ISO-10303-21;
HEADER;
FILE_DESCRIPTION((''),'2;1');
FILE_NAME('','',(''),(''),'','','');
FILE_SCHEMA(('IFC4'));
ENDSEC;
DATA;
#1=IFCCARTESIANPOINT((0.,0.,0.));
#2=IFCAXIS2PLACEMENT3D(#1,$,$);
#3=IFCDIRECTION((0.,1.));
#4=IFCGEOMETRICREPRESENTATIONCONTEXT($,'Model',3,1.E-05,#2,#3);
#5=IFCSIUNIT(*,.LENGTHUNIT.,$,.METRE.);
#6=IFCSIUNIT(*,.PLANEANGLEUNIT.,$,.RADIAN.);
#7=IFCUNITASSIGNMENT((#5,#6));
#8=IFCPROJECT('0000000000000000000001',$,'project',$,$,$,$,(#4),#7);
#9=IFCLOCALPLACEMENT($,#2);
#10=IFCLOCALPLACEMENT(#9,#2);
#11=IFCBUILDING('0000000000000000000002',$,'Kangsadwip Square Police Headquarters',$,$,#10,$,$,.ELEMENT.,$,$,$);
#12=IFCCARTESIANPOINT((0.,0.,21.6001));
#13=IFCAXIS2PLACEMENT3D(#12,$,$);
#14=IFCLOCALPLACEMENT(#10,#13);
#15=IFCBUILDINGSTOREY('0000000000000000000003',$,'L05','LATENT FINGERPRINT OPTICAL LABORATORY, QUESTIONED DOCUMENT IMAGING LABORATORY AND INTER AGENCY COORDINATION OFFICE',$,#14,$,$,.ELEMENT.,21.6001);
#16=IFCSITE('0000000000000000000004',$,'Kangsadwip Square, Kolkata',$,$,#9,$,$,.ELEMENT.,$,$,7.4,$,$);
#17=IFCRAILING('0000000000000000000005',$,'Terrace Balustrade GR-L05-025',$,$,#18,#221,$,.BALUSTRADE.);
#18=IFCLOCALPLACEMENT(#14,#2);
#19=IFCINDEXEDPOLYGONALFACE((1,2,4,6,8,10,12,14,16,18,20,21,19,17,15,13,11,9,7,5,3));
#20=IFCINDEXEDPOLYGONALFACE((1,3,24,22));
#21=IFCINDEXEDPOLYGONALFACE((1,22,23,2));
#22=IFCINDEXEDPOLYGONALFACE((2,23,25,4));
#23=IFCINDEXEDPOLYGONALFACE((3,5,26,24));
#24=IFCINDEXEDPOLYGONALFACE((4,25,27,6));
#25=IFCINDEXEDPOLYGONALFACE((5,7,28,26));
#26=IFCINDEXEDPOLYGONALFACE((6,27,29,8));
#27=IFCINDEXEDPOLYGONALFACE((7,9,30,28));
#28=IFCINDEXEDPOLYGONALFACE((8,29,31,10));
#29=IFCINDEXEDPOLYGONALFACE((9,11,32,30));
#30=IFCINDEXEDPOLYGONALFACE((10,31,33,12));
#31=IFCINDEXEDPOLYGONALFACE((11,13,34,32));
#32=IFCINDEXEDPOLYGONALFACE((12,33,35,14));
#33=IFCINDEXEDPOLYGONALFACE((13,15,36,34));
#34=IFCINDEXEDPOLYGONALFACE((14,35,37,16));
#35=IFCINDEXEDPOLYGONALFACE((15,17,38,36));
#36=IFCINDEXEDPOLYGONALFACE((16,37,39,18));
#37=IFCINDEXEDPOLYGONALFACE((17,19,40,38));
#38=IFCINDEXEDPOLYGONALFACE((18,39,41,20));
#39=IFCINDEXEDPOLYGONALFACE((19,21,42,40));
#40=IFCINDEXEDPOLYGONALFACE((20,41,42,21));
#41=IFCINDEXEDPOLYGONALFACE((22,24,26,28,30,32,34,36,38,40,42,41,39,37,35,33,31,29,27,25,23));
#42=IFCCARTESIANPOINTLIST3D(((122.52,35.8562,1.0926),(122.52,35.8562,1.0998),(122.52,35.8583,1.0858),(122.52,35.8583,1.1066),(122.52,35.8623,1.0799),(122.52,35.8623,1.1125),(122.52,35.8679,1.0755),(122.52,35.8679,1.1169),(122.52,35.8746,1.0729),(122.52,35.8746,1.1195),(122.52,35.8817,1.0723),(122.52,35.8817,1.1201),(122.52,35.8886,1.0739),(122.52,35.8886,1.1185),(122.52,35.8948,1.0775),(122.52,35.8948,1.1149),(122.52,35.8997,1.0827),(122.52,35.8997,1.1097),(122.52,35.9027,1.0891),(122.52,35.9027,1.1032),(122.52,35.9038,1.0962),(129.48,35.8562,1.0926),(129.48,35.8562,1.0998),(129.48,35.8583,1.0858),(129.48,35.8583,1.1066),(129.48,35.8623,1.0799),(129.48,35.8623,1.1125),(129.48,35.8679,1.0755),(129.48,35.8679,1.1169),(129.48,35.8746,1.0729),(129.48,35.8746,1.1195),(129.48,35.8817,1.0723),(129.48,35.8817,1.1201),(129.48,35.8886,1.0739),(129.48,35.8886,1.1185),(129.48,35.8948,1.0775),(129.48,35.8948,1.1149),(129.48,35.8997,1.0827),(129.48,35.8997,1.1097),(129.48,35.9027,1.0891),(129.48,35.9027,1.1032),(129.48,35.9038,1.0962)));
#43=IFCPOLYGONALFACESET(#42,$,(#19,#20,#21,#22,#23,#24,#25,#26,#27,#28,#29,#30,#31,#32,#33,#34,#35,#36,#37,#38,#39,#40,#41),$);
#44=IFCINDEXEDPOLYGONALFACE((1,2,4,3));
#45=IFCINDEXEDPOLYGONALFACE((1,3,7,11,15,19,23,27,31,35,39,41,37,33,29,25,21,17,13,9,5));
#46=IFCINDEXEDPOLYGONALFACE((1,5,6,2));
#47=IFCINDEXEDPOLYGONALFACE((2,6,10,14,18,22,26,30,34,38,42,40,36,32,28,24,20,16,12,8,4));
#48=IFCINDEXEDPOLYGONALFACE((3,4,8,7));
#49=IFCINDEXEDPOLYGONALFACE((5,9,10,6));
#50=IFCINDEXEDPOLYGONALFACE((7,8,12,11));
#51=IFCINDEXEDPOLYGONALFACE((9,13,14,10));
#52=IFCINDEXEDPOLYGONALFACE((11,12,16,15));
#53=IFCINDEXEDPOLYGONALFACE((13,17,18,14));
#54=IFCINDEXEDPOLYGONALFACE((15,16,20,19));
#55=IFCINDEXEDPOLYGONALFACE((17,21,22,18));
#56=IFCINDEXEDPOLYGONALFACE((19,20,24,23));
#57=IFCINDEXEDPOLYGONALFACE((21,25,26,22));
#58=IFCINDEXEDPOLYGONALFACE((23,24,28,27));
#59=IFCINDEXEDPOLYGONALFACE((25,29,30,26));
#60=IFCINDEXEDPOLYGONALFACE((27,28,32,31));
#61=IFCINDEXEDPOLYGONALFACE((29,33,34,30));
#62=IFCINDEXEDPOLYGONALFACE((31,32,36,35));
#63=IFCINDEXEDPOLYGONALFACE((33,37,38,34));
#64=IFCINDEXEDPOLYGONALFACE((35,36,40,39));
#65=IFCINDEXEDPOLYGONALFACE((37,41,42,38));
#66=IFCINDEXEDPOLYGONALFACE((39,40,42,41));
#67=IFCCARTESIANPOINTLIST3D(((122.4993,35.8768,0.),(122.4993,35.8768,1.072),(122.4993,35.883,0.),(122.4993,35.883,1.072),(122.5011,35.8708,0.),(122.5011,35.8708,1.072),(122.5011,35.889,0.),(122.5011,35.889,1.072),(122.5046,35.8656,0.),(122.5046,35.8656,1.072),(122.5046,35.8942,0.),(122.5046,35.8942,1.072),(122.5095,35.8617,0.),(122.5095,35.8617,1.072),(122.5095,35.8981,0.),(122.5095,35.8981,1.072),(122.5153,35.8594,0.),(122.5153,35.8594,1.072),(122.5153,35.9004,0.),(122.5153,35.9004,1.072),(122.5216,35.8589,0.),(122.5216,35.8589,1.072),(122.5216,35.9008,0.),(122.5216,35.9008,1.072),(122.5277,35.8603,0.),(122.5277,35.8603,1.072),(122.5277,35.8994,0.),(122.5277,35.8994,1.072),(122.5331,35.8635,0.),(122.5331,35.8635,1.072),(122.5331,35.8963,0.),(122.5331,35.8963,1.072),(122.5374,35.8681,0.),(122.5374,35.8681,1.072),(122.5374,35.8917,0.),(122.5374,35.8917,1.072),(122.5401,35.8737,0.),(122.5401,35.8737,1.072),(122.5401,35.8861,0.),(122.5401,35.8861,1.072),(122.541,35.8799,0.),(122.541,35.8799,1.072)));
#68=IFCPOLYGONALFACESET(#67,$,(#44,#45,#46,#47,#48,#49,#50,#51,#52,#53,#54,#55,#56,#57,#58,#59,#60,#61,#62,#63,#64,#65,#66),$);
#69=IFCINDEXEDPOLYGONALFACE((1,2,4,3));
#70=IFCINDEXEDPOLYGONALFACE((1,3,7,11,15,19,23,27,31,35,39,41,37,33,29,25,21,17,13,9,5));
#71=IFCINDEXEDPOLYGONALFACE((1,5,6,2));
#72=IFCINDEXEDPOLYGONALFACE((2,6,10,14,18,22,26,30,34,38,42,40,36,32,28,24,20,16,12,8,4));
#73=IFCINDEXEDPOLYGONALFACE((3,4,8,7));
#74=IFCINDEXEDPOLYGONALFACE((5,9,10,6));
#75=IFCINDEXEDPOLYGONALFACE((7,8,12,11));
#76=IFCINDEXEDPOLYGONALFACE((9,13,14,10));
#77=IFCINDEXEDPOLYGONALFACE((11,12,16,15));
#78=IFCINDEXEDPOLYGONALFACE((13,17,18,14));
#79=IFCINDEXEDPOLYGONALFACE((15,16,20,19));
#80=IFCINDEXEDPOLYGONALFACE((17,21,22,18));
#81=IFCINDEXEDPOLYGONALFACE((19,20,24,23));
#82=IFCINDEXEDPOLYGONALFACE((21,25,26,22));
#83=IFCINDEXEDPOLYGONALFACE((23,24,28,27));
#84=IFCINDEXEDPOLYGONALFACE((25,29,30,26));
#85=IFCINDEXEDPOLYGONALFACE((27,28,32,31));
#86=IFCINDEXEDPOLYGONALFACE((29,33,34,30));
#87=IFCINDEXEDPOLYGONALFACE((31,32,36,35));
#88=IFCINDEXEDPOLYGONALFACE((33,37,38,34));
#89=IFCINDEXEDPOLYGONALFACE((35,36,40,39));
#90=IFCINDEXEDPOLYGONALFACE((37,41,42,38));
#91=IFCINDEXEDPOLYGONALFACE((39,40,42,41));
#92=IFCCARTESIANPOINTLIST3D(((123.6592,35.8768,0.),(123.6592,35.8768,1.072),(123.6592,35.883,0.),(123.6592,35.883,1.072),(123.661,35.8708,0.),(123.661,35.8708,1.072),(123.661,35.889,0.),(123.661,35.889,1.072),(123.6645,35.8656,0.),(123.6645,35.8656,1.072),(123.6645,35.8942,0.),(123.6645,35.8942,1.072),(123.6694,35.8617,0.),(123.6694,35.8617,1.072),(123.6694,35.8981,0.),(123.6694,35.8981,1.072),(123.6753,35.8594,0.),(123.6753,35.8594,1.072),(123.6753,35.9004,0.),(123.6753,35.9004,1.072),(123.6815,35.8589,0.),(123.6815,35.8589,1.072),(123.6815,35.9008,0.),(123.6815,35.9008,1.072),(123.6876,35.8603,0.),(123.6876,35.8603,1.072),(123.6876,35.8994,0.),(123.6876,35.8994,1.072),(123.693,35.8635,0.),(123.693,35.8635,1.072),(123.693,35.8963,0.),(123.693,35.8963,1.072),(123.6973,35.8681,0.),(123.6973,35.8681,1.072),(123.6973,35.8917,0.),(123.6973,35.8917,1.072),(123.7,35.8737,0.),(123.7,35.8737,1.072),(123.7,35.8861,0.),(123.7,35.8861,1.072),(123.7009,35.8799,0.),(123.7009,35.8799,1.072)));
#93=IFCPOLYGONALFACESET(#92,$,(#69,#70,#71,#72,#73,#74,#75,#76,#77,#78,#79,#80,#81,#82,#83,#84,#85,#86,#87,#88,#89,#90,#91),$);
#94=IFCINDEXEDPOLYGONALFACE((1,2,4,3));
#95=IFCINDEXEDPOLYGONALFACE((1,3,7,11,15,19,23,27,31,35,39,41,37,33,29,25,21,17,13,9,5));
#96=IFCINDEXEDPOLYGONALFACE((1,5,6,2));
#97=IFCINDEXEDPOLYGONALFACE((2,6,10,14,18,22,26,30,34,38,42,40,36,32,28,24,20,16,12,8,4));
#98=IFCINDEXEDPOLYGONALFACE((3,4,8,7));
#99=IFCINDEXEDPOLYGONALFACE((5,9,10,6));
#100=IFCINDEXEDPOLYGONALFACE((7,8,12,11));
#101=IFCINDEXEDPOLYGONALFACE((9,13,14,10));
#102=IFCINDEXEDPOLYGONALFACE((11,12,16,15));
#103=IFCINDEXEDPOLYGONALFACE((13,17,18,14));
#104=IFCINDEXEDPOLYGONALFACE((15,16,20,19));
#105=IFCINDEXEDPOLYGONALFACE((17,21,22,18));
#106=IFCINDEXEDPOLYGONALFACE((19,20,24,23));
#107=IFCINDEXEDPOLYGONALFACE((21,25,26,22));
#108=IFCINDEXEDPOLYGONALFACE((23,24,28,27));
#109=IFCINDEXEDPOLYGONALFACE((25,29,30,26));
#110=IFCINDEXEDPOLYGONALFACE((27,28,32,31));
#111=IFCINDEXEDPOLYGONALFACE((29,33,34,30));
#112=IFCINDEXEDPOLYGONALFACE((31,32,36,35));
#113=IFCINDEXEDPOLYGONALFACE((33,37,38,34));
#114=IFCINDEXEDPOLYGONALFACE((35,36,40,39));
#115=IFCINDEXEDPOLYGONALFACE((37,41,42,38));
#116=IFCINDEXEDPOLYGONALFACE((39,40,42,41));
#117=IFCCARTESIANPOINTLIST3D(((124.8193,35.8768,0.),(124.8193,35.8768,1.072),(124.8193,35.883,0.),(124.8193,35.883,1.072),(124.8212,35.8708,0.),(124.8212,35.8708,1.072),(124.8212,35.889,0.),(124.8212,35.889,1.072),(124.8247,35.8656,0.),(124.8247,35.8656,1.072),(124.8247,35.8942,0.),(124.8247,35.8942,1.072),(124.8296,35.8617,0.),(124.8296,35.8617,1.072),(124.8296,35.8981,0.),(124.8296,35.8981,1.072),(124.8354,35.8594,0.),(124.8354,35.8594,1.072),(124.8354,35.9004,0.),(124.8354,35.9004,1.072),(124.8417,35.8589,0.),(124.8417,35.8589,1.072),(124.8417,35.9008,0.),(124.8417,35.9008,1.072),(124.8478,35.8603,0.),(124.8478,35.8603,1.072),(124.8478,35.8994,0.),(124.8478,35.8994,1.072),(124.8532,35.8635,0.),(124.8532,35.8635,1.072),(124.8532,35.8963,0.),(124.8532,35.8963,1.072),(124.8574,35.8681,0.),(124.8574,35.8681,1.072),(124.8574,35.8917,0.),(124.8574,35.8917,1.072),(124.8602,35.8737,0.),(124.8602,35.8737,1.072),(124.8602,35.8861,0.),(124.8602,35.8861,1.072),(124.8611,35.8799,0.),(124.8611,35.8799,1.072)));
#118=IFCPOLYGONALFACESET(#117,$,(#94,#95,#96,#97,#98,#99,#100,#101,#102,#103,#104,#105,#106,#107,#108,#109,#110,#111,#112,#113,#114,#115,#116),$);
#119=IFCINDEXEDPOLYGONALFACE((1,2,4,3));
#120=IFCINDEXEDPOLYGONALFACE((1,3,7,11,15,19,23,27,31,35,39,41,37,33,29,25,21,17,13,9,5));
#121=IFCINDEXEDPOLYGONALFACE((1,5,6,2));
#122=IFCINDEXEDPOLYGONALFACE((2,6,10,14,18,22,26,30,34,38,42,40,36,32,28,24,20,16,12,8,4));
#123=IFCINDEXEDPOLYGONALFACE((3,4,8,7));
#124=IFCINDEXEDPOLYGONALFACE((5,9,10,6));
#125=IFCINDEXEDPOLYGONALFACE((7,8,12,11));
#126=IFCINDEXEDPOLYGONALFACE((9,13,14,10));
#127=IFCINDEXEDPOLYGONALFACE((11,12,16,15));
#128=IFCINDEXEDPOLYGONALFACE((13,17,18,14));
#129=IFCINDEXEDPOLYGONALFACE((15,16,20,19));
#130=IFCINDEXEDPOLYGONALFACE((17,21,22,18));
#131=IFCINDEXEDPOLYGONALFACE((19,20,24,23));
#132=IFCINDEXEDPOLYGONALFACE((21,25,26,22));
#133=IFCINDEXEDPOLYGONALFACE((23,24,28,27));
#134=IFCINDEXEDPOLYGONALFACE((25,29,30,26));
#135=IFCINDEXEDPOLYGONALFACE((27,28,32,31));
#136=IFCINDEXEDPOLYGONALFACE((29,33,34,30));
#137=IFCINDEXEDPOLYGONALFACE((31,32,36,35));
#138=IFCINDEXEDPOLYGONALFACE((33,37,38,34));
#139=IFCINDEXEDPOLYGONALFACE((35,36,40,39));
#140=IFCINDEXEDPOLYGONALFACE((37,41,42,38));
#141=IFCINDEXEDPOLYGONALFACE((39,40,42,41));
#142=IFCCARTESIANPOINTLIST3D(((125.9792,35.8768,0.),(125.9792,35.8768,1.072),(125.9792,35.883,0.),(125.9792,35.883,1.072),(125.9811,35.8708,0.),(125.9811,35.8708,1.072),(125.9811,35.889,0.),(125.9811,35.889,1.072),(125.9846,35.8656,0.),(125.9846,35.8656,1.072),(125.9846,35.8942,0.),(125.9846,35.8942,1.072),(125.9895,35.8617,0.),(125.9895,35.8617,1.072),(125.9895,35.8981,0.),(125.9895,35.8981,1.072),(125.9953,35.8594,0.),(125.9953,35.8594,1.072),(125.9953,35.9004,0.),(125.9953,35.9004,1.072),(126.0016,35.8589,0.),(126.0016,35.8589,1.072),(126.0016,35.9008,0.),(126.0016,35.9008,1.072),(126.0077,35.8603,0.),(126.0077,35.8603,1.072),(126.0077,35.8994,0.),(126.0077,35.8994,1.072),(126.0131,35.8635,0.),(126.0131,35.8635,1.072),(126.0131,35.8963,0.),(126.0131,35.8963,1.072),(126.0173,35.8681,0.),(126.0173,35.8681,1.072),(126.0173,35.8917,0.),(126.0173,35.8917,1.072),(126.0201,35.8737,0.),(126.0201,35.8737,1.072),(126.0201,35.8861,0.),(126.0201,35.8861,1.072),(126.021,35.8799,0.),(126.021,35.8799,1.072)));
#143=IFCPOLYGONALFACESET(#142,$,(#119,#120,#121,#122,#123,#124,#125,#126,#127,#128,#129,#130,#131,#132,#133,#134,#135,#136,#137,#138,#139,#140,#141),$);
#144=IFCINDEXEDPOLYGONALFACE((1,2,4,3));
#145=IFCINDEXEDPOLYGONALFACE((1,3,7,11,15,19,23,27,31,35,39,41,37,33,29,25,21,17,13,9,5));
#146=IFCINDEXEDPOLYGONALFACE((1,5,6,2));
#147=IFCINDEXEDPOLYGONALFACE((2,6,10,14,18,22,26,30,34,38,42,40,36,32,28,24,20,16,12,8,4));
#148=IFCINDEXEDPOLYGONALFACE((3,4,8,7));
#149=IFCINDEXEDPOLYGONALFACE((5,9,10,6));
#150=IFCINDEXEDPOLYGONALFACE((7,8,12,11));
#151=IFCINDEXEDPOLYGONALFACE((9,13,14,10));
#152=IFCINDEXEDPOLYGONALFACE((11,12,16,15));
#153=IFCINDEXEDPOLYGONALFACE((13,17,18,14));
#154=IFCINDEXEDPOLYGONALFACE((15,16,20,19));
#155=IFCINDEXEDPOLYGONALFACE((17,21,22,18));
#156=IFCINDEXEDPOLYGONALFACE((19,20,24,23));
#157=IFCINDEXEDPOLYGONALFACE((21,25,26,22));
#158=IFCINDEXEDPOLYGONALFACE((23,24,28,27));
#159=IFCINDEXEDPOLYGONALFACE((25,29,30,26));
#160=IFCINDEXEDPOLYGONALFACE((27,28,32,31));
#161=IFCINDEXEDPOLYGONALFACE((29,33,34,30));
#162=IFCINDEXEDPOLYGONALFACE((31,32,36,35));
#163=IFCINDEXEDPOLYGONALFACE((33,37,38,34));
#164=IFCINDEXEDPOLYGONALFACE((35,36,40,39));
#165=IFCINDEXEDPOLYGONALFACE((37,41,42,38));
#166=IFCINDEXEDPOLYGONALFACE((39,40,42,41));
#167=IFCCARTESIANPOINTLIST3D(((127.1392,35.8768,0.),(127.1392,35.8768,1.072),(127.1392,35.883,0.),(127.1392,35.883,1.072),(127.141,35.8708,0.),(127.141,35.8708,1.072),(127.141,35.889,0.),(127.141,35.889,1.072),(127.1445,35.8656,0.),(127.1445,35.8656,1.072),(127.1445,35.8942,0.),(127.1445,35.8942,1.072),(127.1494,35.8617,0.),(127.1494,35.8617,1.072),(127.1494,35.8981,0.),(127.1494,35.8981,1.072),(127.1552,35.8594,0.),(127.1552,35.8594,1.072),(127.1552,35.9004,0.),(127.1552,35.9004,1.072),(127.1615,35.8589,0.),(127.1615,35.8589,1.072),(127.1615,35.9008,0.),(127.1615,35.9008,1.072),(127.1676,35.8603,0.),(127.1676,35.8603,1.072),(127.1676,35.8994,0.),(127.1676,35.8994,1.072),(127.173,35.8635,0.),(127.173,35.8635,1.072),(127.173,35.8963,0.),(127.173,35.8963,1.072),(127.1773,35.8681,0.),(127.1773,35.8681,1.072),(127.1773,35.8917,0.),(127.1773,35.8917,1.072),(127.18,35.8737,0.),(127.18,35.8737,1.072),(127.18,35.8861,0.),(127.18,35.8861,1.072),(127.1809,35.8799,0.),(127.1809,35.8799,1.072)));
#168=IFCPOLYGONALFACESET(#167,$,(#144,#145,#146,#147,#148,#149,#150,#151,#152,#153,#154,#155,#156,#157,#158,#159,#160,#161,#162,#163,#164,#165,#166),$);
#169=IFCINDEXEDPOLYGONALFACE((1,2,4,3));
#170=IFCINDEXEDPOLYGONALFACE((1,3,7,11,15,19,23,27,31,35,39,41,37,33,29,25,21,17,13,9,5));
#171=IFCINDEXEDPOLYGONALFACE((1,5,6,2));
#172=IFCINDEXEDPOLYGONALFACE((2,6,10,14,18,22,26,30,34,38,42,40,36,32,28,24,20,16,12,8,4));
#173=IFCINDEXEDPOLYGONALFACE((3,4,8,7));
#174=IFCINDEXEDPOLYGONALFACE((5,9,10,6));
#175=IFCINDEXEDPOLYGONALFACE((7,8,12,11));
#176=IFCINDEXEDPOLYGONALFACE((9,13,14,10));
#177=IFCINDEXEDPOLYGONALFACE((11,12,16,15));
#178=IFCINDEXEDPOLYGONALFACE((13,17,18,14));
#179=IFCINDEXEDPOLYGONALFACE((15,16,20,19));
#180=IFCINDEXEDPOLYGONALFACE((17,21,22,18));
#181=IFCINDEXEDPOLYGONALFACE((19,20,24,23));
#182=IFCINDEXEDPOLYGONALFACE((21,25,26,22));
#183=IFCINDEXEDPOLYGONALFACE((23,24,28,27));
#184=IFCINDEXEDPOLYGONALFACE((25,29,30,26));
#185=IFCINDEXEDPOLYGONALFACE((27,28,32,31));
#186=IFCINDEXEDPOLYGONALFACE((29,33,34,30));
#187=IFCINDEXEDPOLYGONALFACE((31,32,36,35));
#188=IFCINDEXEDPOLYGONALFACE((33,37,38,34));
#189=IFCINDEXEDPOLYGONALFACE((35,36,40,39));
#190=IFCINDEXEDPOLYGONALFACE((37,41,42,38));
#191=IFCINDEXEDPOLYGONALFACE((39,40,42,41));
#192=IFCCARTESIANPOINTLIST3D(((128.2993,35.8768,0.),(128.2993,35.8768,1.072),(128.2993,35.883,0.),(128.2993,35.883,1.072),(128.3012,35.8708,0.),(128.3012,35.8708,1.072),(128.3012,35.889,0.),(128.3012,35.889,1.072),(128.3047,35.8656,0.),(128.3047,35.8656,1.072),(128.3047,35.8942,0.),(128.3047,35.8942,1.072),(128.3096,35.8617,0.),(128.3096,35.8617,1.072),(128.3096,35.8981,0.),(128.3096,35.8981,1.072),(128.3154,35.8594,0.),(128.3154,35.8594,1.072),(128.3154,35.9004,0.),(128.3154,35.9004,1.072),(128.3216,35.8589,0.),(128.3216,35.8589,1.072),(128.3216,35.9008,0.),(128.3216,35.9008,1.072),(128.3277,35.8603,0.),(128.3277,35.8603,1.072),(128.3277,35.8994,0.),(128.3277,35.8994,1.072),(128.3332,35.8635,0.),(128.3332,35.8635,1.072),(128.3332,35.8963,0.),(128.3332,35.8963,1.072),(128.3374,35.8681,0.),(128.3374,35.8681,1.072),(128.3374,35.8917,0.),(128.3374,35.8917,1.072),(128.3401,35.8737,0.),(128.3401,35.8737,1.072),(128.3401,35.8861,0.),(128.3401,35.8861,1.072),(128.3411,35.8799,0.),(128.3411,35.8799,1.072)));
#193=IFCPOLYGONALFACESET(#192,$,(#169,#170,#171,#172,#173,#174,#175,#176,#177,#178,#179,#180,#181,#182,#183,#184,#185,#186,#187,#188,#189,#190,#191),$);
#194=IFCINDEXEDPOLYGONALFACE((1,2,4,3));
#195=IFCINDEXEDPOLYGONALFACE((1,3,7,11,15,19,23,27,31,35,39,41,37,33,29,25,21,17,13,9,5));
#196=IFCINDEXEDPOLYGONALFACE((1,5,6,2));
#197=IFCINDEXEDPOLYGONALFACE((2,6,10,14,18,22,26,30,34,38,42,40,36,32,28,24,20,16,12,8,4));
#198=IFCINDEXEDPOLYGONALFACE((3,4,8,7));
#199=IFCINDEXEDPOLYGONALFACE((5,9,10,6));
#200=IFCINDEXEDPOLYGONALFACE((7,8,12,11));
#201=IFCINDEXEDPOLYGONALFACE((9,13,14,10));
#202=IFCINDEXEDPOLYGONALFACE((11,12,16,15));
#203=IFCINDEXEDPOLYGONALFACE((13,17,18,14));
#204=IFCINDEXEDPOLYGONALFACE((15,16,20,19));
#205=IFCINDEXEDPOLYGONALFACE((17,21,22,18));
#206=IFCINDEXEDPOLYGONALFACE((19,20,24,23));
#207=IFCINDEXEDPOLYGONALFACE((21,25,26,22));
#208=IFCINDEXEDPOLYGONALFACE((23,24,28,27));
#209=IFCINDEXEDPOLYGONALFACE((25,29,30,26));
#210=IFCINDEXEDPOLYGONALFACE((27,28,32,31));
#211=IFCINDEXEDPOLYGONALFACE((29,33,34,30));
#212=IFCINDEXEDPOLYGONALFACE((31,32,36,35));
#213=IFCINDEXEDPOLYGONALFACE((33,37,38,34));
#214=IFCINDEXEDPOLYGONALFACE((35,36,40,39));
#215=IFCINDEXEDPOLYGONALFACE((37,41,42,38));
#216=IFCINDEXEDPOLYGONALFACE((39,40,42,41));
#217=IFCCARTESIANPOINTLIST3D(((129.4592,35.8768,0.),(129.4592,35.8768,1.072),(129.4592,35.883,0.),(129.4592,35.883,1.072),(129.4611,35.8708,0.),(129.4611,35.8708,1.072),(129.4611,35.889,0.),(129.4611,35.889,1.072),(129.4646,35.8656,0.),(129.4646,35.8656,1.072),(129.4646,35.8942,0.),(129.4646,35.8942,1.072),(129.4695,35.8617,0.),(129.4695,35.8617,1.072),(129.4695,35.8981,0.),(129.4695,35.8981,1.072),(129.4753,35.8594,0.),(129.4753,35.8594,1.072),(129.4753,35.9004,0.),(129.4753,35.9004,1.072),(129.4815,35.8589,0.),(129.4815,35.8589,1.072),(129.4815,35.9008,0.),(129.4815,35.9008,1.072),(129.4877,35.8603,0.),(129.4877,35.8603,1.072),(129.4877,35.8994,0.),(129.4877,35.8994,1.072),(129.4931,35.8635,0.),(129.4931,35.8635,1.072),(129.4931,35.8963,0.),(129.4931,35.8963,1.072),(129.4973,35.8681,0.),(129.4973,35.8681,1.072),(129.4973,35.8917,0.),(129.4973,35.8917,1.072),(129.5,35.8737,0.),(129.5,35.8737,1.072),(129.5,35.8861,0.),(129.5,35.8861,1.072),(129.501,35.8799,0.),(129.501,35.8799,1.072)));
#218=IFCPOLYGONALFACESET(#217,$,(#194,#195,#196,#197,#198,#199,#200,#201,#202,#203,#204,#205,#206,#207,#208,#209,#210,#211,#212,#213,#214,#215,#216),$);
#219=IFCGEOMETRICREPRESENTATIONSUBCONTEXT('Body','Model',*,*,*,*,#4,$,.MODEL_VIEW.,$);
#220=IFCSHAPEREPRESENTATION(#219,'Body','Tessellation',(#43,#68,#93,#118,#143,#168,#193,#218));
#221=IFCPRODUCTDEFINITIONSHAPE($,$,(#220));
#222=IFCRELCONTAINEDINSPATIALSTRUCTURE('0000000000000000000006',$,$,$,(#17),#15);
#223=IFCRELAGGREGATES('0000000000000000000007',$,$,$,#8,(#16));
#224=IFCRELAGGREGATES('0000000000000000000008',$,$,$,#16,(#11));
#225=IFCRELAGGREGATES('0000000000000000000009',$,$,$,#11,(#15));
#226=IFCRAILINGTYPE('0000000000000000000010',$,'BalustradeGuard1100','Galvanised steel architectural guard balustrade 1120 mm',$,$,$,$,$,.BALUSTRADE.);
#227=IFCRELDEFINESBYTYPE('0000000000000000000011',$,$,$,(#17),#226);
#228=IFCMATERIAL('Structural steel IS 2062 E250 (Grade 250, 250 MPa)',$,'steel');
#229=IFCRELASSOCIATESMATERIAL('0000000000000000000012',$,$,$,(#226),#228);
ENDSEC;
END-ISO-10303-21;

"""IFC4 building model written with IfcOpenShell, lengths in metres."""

from ifc_helpers import new_model, si_unit, direction, frame, origin, origin_2d, place, context, subcontext, project, spatial, circle, extrude, material, type_object, element, save


model = new_model("IFC4")

# Units and contexts
model_context = context("Model", 3, precision=1e-05, world=origin(), true_north=direction((0.0, 1.0)))
body_context = subcontext(model_context, "Body", "Model", "MODEL_VIEW")
ifc_project = project(units=[si_unit("LENGTHUNIT", "METRE"), si_unit("PLANEANGLEUNIT", "RADIAN")], contexts=[model_context])

# Site, building, storey
site_placement = place(None, origin())
site = spatial("IfcSite", under=ifc_project, at=site_placement, Name="Kangsadwip Square, Kolkata", CompositionType="ELEMENT", RefElevation=7.4)
building_placement = place(site_placement, origin())
building = spatial("IfcBuilding", under=site, at=building_placement, Name="Kangsadwip Square Police Headquarters", CompositionType="ELEMENT")
storey_placement = place(building_placement, frame((0.0, 0.0, 21.6001)))
storey = spatial("IfcBuildingStorey", under=building, at=storey_placement, Name="L05", Description="LATENT FINGERPRINT OPTICAL LABORATORY, QUESTIONED DOCUMENT IMAGING LABORATORY AND INTER AGENCY COORDINATION OFFICE", CompositionType="ELEMENT", Elevation=21.6001)

# Railing
ifc_material_1 = material(Name="Structural steel IS 2062 E250 (Grade 250, 250 MPa)", Category="steel")
railing_type = type_object("IfcRailingType", Name="BalustradeGuard1100", Description="Galvanised steel architectural guard balustrade 1120 mm", PredefinedType="BALUSTRADE", material=ifc_material_1)
railing_1_placement = place(storey_placement, frame((122.52, 35.8799, 0.0)))
element("IfcRailing", 1, at=railing_1_placement, inside=storey, type_object=railing_type, Name="Terrace Balustrade GR-L05-025", PredefinedType="BALUSTRADE", context=body_context, shape_type="SweptSolid", body=[
    extrude(circle(Radius=0.0239, at=origin_2d()), frame((0.0, 0.0, 1.0962), z_axis=(1.0, 0.0, 0.0), x_axis=(0.0, 1.0, 0.0)), (0.0, 0.0, 1.0), 6.96),
    extrude(circle(Radius=0.021, at=origin_2d()), origin(), (0.0, 0.0, 1.0), 1.072),
    extrude(circle(Radius=0.021, at=origin_2d()), frame((1.1599, 0.0, 0.0)), (0.0, 0.0, 1.0), 1.072),
    extrude(circle(Radius=0.021, at=origin_2d()), frame((2.3201, 0.0, 0.0)), (0.0, 0.0, 1.0), 1.072),
    extrude(circle(Radius=0.021, at=origin_2d()), frame((3.48, 0.0, 0.0)), (0.0, 0.0, 1.0), 1.072),
    extrude(circle(Radius=0.021, at=origin_2d()), frame((4.6399, 0.0, 0.0)), (0.0, 0.0, 1.0), 1.072),
    extrude(circle(Radius=0.021, at=origin_2d()), frame((5.8, 0.0, 0.0)), (0.0, 0.0, 1.0), 1.072),
    extrude(circle(Radius=0.021, at=origin_2d()), frame((6.96, 0.0, 0.0)), (0.0, 0.0, 1.0), 1.072),
])

save(model, "model.ifc")
